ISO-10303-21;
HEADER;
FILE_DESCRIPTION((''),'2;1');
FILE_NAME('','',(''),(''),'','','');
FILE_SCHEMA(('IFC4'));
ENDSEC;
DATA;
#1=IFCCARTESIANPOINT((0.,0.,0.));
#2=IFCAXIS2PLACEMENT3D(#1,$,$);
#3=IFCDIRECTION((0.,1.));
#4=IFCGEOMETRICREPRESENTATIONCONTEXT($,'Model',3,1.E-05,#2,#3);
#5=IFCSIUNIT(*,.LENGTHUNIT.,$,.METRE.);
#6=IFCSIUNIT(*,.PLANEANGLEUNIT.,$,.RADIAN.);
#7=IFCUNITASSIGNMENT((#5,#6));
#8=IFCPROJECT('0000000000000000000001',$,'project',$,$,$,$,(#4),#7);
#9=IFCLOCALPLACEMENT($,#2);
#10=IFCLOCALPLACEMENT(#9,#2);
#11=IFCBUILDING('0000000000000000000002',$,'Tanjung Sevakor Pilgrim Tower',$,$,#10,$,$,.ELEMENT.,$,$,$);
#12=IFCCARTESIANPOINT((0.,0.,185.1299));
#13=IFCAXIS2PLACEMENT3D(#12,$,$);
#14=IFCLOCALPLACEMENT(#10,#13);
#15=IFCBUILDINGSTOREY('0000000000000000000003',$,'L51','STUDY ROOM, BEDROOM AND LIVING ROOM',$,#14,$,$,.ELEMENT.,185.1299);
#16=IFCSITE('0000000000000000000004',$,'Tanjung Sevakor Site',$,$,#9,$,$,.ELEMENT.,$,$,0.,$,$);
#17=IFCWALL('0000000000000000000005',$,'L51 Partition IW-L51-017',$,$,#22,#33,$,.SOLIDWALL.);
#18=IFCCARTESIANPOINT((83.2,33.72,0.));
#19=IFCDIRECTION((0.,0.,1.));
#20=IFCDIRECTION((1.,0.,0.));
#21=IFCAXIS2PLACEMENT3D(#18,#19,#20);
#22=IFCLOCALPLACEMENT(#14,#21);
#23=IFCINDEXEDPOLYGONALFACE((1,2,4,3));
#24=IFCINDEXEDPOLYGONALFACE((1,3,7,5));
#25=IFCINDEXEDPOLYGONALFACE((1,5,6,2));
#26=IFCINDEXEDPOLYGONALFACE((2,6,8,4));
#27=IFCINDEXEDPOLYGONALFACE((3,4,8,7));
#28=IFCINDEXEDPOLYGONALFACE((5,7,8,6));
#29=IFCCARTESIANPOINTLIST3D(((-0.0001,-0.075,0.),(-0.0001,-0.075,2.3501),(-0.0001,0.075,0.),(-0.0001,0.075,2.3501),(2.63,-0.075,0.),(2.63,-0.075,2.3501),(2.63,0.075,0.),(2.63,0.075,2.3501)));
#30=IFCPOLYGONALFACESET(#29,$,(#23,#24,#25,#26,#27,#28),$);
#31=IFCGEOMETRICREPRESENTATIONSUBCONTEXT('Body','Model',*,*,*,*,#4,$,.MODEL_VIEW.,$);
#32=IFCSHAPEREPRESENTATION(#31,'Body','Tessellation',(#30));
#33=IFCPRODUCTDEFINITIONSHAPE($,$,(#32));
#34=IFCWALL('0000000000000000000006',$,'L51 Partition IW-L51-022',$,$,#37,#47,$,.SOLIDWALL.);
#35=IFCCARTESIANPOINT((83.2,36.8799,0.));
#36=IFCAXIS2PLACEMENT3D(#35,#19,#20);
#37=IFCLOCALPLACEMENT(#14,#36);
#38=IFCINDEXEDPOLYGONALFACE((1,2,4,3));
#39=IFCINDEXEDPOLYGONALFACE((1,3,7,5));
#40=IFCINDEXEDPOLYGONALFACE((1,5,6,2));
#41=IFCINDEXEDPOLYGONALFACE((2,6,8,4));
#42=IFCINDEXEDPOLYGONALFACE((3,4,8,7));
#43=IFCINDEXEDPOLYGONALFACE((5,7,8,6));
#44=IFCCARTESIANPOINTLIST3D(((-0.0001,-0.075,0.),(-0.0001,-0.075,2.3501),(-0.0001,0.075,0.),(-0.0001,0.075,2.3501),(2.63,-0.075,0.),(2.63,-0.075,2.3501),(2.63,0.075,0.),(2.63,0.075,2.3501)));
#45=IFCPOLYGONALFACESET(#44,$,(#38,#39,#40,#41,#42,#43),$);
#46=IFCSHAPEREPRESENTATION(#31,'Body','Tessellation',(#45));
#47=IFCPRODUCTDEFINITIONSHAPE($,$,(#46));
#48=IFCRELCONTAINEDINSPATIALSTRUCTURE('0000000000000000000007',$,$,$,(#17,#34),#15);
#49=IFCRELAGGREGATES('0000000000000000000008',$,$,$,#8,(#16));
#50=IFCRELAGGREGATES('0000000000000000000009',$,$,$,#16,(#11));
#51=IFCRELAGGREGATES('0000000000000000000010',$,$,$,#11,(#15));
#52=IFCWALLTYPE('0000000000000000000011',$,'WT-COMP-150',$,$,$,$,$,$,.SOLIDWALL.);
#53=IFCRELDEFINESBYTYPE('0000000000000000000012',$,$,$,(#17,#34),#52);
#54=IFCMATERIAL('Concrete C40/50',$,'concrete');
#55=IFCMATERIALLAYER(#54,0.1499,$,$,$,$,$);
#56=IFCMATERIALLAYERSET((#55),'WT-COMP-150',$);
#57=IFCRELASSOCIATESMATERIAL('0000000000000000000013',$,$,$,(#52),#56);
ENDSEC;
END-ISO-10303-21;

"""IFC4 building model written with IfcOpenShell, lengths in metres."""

from ifc_helpers import new_model, si_unit, direction, frame, frame_2d, origin, place, context, subcontext, project, spatial, rectangle, extrude, material, layer, layer_set, type_object, element, save


model = new_model("IFC4")

# Units and contexts
model_context = context("Model", 3, precision=1e-05, world=origin(), true_north=direction((0.0, 1.0)))
body_context = subcontext(model_context, "Body", "Model", "MODEL_VIEW")
ifc_project = project(units=[si_unit("LENGTHUNIT", "METRE"), si_unit("PLANEANGLEUNIT", "RADIAN")], contexts=[model_context])

# Site, building, storey
site_placement = place(None, origin())
site = spatial("IfcSite", under=ifc_project, at=site_placement, Name="Tanjung Sevakor Site", CompositionType="ELEMENT", RefElevation=0.0)
building_placement = place(site_placement, origin())
building = spatial("IfcBuilding", under=site, at=building_placement, Name="Tanjung Sevakor Pilgrim Tower", CompositionType="ELEMENT")
storey_placement = place(building_placement, frame((0.0, 0.0, 185.1299)))
storey = spatial("IfcBuildingStorey", under=building, at=storey_placement, Name="L51", Description="STUDY ROOM, BEDROOM AND LIVING ROOM", CompositionType="ELEMENT", Elevation=185.1299)

# Walls
ifc_material_1 = material(Name="Concrete C40/50", Category="concrete")
ifc_layer_1 = layer(ifc_material_1, 0.1499)
ifc_layer_set_1 = layer_set([ifc_layer_1], Name="WT-COMP-150")
wall_type_1 = type_object("IfcWallType", Name="WT-COMP-150", PredefinedType="SOLIDWALL", material=ifc_layer_set_1)
wall_1_placement = place(storey_placement, frame((83.2, 33.72, 0.0), z_axis=(0.0, 0.0, 1.0), x_axis=(1.0, 0.0, 0.0)))
element("IfcWall", 1, at=wall_1_placement, inside=storey, type_object=wall_type_1, Name="L51 Partition IW-L51-017", PredefinedType="SOLIDWALL", context=body_context, shape_type="SweptSolid", body=[
    extrude(rectangle(XDim=2.6301, YDim=0.1499, at=frame_2d((1.3149, 0.0))), origin(), (0.0, 0.0, 1.0), 2.3501),
])
wall_2_placement = place(storey_placement, frame((83.2, 36.8799, 0.0), z_axis=(0.0, 0.0, 1.0), x_axis=(1.0, 0.0, 0.0)))
element("IfcWall", 2, at=wall_2_placement, inside=storey, type_object=wall_type_1, Name="L51 Partition IW-L51-022", PredefinedType="SOLIDWALL", context=body_context, shape_type="SweptSolid", body=[
    extrude(rectangle(XDim=2.6301, YDim=0.1499, at=frame_2d((1.3149, 0.0))), origin(), (0.0, 0.0, 1.0), 2.3501),
])

save(model, "model.ifc")
